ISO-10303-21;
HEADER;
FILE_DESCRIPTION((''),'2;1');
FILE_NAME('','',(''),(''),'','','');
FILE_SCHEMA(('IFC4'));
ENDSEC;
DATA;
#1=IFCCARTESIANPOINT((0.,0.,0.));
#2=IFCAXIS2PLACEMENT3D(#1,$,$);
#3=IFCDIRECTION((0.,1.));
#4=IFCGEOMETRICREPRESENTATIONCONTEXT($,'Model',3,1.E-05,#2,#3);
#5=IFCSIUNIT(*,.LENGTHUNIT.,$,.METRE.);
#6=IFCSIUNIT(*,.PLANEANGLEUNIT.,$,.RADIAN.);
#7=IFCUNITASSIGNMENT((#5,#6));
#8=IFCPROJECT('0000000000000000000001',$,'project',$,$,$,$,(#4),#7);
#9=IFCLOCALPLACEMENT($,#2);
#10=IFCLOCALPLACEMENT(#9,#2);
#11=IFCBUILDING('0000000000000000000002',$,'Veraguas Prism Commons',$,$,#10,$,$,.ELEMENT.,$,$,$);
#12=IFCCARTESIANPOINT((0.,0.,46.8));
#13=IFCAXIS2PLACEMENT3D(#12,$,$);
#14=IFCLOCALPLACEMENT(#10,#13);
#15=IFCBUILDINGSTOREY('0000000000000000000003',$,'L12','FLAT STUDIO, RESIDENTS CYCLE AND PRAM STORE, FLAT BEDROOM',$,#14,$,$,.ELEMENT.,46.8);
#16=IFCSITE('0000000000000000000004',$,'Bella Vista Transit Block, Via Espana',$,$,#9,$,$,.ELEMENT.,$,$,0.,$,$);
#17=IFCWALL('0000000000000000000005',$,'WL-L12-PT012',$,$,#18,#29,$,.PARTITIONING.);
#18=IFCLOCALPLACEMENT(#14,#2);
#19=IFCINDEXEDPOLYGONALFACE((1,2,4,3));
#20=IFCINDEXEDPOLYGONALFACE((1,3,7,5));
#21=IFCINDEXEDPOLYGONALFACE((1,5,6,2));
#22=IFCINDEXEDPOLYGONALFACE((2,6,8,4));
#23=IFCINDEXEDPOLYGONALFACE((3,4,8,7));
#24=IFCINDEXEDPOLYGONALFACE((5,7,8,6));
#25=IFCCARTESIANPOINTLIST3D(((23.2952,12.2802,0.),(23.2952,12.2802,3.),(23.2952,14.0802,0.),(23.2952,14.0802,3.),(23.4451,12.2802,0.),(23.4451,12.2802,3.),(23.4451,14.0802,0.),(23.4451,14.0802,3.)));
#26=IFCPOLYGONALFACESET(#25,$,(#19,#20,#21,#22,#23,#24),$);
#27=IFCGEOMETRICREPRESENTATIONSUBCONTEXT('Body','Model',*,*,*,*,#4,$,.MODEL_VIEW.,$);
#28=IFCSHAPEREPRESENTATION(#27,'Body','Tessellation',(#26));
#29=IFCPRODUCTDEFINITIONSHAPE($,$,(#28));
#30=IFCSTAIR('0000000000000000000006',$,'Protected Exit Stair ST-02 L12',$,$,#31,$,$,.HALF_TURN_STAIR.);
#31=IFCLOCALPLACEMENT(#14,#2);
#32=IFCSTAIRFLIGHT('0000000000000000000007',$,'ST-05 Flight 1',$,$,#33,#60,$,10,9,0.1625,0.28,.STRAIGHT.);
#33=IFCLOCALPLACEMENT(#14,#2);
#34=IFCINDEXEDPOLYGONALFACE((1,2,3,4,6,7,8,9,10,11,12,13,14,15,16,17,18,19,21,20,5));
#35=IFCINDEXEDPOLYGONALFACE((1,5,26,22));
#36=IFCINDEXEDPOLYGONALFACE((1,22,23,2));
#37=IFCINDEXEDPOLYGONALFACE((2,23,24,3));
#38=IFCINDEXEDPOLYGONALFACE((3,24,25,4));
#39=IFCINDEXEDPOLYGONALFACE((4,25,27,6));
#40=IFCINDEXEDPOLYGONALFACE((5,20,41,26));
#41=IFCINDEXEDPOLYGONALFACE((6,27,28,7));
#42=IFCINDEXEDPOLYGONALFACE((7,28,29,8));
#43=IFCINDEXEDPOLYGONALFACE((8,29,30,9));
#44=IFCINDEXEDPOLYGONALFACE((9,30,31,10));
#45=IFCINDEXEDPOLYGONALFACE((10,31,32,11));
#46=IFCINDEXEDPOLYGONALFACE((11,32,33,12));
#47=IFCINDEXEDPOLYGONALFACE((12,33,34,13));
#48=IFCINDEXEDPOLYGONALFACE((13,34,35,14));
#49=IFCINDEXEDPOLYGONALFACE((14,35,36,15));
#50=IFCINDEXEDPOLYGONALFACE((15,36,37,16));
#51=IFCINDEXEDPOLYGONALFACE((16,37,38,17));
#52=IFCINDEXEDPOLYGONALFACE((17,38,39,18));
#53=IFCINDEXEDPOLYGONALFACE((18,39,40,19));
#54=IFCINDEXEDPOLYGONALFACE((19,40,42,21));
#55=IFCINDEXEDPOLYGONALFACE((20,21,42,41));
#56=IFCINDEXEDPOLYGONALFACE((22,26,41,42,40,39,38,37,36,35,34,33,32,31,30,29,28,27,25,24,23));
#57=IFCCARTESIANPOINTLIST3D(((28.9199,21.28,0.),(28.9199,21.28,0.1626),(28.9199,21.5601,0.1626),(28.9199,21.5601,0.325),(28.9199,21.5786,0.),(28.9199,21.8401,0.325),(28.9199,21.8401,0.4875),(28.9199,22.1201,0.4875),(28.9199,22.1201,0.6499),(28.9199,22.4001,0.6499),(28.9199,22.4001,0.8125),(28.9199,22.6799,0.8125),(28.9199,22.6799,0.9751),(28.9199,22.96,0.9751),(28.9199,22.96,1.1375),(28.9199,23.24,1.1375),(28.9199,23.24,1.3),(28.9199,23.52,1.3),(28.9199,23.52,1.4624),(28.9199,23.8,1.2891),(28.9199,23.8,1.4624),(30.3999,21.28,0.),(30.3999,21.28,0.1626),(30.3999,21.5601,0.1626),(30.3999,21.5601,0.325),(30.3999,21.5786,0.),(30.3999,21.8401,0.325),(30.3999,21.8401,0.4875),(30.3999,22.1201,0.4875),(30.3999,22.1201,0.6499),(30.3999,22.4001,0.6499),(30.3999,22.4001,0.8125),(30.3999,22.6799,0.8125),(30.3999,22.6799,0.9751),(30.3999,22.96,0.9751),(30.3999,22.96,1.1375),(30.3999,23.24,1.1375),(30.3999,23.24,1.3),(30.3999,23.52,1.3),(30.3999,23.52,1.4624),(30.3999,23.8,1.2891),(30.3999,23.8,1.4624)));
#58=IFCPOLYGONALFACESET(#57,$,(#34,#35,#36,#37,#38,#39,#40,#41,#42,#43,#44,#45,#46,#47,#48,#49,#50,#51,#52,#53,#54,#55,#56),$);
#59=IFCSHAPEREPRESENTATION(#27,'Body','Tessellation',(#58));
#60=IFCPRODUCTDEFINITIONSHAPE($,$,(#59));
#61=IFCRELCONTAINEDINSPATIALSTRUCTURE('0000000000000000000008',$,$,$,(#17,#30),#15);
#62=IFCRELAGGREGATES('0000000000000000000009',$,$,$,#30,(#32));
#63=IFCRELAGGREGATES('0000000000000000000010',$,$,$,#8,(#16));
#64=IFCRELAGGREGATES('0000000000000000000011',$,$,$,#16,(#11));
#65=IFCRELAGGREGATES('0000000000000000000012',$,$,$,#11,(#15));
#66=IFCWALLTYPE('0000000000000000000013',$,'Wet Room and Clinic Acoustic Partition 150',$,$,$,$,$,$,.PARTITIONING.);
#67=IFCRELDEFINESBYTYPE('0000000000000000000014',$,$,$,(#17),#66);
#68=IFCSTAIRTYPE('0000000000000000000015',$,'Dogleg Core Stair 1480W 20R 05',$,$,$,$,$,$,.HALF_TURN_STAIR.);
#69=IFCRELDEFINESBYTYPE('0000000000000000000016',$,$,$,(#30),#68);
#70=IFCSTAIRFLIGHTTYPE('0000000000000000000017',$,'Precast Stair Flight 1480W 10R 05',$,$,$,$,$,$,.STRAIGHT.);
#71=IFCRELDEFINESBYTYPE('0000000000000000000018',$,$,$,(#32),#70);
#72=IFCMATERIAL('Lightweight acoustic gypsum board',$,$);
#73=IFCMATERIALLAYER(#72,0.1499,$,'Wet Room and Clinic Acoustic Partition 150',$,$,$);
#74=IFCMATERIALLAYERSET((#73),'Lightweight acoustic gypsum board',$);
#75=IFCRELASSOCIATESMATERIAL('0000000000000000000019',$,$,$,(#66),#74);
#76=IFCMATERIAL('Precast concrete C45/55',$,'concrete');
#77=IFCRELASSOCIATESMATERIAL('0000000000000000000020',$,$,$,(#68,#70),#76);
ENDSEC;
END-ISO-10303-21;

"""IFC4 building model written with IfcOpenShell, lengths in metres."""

from ifc_helpers import new_model, si_unit, direction, frame, frame_2d, origin, place, context, subcontext, project, spatial, polyline, rectangle, outline, extrude, material, layer, layer_set, type_object, element, aggregate, save


model = new_model("IFC4")

# Units and contexts
model_context = context("Model", 3, precision=1e-05, world=origin(), true_north=direction((0.0, 1.0)))
body_context = subcontext(model_context, "Body", "Model", "MODEL_VIEW")
ifc_project = project(units=[si_unit("LENGTHUNIT", "METRE"), si_unit("PLANEANGLEUNIT", "RADIAN")], contexts=[model_context])

# Site, building, storey
site_placement = place(None, origin())
site = spatial("IfcSite", under=ifc_project, at=site_placement, Name="Bella Vista Transit Block, Via Espana", CompositionType="ELEMENT", RefElevation=0.0)
building_placement = place(site_placement, origin())
building = spatial("IfcBuilding", under=site, at=building_placement, Name="Veraguas Prism Commons", CompositionType="ELEMENT")
storey_placement = place(building_placement, frame((0.0, 0.0, 46.8)))
storey = spatial("IfcBuildingStorey", under=building, at=storey_placement, Name="L12", Description="FLAT STUDIO, RESIDENTS CYCLE AND PRAM STORE, FLAT BEDROOM", CompositionType="ELEMENT", Elevation=46.8)

# Shared definitions
ifc_material_1 = material(Name="Lightweight acoustic gypsum board")

# Wall
ifc_layer_1 = layer(ifc_material_1, 0.1499, Name="Wet Room and Clinic Acoustic Partition 150")
ifc_layer_set_1 = layer_set([ifc_layer_1], Name="Lightweight acoustic gypsum board")
wall_type_1 = type_object("IfcWallType", Name="Wet Room and Clinic Acoustic Partition 150", PredefinedType="PARTITIONING", material=ifc_layer_set_1)
wall_1_placement = place(storey_placement, frame((23.3701, 14.0801, 0.0), z_axis=(0.0, 0.0, 1.0), x_axis=(0.0, -1.0, 0.0)))
element("IfcWall", 1, at=wall_1_placement, inside=storey, type_object=wall_type_1, Name="WL-L12-PT012", PredefinedType="PARTITIONING", context=body_context, shape_type="SweptSolid", body=[
    extrude(rectangle(XDim=1.8, YDim=0.1499, at=frame_2d((0.8999, 0.0))), origin(), (0.0, 0.0, 1.0), 3.0),
])

# Stair, stair flight
ifc_material_2 = material(Name="Precast concrete C45/55", Category="concrete")
stair_type = type_object("IfcStairType", Name="Dogleg Core Stair 1480W 20R 05", PredefinedType="HALF_TURN_STAIR", material=ifc_material_2)
stair_placement = place(storey_placement, origin())
stair = element("IfcStair", 2, at=stair_placement, inside=storey, type_object=stair_type, Name="Protected Exit Stair ST-02 L12", PredefinedType="HALF_TURN_STAIR")
stair_flight_type = type_object("IfcStairFlightType", Name="Precast Stair Flight 1480W 10R 05", PredefinedType="STRAIGHT", material=ifc_material_2)
stair_flight_placement = place(storey_placement, frame((29.6599, 21.28, 0.0), z_axis=(0.0, 0.0, 1.0), x_axis=(0.0, 1.0, 0.0)))
stair_flight = element("IfcStairFlight", 3, at=stair_flight_placement, type_object=stair_flight_type, Name="ST-05 Flight 1", NumberOfRisers=10, NumberOfTreads=9, PredefinedType="STRAIGHT", RiserHeight=0.1625, TreadLength=0.28, context=body_context, shape_type="SweptSolid", body=[
    extrude(outline(polyline([(0.0, 0.0), (0.0, 0.1626), (0.28, 0.1626), (0.28, 0.325), (0.5601, 0.325), (0.5601, 0.4875), (0.8401, 0.4875), (0.8401, 0.6499), (1.1201, 0.6499), (1.1201, 0.8125), (1.3999, 0.8125), (1.3999, 0.9751), (1.6799, 0.9751), (1.6799, 1.1375), (1.96, 1.1375), (1.96, 1.3), (2.24, 1.3), (2.24, 1.4624), (2.52, 1.4624), (2.52, 1.625), (2.52, 1.2891), (0.2986, 0.0), (0.0, 0.0)])), frame((0.0, 0.74, 0.0), z_axis=(0.0, -1.0, 0.0), x_axis=(1.0, 0.0, 0.0)), (0.0, 0.0, 1.0), 1.48),
])
aggregate(stair, [stair_flight])

save(model, "model.ifc")
